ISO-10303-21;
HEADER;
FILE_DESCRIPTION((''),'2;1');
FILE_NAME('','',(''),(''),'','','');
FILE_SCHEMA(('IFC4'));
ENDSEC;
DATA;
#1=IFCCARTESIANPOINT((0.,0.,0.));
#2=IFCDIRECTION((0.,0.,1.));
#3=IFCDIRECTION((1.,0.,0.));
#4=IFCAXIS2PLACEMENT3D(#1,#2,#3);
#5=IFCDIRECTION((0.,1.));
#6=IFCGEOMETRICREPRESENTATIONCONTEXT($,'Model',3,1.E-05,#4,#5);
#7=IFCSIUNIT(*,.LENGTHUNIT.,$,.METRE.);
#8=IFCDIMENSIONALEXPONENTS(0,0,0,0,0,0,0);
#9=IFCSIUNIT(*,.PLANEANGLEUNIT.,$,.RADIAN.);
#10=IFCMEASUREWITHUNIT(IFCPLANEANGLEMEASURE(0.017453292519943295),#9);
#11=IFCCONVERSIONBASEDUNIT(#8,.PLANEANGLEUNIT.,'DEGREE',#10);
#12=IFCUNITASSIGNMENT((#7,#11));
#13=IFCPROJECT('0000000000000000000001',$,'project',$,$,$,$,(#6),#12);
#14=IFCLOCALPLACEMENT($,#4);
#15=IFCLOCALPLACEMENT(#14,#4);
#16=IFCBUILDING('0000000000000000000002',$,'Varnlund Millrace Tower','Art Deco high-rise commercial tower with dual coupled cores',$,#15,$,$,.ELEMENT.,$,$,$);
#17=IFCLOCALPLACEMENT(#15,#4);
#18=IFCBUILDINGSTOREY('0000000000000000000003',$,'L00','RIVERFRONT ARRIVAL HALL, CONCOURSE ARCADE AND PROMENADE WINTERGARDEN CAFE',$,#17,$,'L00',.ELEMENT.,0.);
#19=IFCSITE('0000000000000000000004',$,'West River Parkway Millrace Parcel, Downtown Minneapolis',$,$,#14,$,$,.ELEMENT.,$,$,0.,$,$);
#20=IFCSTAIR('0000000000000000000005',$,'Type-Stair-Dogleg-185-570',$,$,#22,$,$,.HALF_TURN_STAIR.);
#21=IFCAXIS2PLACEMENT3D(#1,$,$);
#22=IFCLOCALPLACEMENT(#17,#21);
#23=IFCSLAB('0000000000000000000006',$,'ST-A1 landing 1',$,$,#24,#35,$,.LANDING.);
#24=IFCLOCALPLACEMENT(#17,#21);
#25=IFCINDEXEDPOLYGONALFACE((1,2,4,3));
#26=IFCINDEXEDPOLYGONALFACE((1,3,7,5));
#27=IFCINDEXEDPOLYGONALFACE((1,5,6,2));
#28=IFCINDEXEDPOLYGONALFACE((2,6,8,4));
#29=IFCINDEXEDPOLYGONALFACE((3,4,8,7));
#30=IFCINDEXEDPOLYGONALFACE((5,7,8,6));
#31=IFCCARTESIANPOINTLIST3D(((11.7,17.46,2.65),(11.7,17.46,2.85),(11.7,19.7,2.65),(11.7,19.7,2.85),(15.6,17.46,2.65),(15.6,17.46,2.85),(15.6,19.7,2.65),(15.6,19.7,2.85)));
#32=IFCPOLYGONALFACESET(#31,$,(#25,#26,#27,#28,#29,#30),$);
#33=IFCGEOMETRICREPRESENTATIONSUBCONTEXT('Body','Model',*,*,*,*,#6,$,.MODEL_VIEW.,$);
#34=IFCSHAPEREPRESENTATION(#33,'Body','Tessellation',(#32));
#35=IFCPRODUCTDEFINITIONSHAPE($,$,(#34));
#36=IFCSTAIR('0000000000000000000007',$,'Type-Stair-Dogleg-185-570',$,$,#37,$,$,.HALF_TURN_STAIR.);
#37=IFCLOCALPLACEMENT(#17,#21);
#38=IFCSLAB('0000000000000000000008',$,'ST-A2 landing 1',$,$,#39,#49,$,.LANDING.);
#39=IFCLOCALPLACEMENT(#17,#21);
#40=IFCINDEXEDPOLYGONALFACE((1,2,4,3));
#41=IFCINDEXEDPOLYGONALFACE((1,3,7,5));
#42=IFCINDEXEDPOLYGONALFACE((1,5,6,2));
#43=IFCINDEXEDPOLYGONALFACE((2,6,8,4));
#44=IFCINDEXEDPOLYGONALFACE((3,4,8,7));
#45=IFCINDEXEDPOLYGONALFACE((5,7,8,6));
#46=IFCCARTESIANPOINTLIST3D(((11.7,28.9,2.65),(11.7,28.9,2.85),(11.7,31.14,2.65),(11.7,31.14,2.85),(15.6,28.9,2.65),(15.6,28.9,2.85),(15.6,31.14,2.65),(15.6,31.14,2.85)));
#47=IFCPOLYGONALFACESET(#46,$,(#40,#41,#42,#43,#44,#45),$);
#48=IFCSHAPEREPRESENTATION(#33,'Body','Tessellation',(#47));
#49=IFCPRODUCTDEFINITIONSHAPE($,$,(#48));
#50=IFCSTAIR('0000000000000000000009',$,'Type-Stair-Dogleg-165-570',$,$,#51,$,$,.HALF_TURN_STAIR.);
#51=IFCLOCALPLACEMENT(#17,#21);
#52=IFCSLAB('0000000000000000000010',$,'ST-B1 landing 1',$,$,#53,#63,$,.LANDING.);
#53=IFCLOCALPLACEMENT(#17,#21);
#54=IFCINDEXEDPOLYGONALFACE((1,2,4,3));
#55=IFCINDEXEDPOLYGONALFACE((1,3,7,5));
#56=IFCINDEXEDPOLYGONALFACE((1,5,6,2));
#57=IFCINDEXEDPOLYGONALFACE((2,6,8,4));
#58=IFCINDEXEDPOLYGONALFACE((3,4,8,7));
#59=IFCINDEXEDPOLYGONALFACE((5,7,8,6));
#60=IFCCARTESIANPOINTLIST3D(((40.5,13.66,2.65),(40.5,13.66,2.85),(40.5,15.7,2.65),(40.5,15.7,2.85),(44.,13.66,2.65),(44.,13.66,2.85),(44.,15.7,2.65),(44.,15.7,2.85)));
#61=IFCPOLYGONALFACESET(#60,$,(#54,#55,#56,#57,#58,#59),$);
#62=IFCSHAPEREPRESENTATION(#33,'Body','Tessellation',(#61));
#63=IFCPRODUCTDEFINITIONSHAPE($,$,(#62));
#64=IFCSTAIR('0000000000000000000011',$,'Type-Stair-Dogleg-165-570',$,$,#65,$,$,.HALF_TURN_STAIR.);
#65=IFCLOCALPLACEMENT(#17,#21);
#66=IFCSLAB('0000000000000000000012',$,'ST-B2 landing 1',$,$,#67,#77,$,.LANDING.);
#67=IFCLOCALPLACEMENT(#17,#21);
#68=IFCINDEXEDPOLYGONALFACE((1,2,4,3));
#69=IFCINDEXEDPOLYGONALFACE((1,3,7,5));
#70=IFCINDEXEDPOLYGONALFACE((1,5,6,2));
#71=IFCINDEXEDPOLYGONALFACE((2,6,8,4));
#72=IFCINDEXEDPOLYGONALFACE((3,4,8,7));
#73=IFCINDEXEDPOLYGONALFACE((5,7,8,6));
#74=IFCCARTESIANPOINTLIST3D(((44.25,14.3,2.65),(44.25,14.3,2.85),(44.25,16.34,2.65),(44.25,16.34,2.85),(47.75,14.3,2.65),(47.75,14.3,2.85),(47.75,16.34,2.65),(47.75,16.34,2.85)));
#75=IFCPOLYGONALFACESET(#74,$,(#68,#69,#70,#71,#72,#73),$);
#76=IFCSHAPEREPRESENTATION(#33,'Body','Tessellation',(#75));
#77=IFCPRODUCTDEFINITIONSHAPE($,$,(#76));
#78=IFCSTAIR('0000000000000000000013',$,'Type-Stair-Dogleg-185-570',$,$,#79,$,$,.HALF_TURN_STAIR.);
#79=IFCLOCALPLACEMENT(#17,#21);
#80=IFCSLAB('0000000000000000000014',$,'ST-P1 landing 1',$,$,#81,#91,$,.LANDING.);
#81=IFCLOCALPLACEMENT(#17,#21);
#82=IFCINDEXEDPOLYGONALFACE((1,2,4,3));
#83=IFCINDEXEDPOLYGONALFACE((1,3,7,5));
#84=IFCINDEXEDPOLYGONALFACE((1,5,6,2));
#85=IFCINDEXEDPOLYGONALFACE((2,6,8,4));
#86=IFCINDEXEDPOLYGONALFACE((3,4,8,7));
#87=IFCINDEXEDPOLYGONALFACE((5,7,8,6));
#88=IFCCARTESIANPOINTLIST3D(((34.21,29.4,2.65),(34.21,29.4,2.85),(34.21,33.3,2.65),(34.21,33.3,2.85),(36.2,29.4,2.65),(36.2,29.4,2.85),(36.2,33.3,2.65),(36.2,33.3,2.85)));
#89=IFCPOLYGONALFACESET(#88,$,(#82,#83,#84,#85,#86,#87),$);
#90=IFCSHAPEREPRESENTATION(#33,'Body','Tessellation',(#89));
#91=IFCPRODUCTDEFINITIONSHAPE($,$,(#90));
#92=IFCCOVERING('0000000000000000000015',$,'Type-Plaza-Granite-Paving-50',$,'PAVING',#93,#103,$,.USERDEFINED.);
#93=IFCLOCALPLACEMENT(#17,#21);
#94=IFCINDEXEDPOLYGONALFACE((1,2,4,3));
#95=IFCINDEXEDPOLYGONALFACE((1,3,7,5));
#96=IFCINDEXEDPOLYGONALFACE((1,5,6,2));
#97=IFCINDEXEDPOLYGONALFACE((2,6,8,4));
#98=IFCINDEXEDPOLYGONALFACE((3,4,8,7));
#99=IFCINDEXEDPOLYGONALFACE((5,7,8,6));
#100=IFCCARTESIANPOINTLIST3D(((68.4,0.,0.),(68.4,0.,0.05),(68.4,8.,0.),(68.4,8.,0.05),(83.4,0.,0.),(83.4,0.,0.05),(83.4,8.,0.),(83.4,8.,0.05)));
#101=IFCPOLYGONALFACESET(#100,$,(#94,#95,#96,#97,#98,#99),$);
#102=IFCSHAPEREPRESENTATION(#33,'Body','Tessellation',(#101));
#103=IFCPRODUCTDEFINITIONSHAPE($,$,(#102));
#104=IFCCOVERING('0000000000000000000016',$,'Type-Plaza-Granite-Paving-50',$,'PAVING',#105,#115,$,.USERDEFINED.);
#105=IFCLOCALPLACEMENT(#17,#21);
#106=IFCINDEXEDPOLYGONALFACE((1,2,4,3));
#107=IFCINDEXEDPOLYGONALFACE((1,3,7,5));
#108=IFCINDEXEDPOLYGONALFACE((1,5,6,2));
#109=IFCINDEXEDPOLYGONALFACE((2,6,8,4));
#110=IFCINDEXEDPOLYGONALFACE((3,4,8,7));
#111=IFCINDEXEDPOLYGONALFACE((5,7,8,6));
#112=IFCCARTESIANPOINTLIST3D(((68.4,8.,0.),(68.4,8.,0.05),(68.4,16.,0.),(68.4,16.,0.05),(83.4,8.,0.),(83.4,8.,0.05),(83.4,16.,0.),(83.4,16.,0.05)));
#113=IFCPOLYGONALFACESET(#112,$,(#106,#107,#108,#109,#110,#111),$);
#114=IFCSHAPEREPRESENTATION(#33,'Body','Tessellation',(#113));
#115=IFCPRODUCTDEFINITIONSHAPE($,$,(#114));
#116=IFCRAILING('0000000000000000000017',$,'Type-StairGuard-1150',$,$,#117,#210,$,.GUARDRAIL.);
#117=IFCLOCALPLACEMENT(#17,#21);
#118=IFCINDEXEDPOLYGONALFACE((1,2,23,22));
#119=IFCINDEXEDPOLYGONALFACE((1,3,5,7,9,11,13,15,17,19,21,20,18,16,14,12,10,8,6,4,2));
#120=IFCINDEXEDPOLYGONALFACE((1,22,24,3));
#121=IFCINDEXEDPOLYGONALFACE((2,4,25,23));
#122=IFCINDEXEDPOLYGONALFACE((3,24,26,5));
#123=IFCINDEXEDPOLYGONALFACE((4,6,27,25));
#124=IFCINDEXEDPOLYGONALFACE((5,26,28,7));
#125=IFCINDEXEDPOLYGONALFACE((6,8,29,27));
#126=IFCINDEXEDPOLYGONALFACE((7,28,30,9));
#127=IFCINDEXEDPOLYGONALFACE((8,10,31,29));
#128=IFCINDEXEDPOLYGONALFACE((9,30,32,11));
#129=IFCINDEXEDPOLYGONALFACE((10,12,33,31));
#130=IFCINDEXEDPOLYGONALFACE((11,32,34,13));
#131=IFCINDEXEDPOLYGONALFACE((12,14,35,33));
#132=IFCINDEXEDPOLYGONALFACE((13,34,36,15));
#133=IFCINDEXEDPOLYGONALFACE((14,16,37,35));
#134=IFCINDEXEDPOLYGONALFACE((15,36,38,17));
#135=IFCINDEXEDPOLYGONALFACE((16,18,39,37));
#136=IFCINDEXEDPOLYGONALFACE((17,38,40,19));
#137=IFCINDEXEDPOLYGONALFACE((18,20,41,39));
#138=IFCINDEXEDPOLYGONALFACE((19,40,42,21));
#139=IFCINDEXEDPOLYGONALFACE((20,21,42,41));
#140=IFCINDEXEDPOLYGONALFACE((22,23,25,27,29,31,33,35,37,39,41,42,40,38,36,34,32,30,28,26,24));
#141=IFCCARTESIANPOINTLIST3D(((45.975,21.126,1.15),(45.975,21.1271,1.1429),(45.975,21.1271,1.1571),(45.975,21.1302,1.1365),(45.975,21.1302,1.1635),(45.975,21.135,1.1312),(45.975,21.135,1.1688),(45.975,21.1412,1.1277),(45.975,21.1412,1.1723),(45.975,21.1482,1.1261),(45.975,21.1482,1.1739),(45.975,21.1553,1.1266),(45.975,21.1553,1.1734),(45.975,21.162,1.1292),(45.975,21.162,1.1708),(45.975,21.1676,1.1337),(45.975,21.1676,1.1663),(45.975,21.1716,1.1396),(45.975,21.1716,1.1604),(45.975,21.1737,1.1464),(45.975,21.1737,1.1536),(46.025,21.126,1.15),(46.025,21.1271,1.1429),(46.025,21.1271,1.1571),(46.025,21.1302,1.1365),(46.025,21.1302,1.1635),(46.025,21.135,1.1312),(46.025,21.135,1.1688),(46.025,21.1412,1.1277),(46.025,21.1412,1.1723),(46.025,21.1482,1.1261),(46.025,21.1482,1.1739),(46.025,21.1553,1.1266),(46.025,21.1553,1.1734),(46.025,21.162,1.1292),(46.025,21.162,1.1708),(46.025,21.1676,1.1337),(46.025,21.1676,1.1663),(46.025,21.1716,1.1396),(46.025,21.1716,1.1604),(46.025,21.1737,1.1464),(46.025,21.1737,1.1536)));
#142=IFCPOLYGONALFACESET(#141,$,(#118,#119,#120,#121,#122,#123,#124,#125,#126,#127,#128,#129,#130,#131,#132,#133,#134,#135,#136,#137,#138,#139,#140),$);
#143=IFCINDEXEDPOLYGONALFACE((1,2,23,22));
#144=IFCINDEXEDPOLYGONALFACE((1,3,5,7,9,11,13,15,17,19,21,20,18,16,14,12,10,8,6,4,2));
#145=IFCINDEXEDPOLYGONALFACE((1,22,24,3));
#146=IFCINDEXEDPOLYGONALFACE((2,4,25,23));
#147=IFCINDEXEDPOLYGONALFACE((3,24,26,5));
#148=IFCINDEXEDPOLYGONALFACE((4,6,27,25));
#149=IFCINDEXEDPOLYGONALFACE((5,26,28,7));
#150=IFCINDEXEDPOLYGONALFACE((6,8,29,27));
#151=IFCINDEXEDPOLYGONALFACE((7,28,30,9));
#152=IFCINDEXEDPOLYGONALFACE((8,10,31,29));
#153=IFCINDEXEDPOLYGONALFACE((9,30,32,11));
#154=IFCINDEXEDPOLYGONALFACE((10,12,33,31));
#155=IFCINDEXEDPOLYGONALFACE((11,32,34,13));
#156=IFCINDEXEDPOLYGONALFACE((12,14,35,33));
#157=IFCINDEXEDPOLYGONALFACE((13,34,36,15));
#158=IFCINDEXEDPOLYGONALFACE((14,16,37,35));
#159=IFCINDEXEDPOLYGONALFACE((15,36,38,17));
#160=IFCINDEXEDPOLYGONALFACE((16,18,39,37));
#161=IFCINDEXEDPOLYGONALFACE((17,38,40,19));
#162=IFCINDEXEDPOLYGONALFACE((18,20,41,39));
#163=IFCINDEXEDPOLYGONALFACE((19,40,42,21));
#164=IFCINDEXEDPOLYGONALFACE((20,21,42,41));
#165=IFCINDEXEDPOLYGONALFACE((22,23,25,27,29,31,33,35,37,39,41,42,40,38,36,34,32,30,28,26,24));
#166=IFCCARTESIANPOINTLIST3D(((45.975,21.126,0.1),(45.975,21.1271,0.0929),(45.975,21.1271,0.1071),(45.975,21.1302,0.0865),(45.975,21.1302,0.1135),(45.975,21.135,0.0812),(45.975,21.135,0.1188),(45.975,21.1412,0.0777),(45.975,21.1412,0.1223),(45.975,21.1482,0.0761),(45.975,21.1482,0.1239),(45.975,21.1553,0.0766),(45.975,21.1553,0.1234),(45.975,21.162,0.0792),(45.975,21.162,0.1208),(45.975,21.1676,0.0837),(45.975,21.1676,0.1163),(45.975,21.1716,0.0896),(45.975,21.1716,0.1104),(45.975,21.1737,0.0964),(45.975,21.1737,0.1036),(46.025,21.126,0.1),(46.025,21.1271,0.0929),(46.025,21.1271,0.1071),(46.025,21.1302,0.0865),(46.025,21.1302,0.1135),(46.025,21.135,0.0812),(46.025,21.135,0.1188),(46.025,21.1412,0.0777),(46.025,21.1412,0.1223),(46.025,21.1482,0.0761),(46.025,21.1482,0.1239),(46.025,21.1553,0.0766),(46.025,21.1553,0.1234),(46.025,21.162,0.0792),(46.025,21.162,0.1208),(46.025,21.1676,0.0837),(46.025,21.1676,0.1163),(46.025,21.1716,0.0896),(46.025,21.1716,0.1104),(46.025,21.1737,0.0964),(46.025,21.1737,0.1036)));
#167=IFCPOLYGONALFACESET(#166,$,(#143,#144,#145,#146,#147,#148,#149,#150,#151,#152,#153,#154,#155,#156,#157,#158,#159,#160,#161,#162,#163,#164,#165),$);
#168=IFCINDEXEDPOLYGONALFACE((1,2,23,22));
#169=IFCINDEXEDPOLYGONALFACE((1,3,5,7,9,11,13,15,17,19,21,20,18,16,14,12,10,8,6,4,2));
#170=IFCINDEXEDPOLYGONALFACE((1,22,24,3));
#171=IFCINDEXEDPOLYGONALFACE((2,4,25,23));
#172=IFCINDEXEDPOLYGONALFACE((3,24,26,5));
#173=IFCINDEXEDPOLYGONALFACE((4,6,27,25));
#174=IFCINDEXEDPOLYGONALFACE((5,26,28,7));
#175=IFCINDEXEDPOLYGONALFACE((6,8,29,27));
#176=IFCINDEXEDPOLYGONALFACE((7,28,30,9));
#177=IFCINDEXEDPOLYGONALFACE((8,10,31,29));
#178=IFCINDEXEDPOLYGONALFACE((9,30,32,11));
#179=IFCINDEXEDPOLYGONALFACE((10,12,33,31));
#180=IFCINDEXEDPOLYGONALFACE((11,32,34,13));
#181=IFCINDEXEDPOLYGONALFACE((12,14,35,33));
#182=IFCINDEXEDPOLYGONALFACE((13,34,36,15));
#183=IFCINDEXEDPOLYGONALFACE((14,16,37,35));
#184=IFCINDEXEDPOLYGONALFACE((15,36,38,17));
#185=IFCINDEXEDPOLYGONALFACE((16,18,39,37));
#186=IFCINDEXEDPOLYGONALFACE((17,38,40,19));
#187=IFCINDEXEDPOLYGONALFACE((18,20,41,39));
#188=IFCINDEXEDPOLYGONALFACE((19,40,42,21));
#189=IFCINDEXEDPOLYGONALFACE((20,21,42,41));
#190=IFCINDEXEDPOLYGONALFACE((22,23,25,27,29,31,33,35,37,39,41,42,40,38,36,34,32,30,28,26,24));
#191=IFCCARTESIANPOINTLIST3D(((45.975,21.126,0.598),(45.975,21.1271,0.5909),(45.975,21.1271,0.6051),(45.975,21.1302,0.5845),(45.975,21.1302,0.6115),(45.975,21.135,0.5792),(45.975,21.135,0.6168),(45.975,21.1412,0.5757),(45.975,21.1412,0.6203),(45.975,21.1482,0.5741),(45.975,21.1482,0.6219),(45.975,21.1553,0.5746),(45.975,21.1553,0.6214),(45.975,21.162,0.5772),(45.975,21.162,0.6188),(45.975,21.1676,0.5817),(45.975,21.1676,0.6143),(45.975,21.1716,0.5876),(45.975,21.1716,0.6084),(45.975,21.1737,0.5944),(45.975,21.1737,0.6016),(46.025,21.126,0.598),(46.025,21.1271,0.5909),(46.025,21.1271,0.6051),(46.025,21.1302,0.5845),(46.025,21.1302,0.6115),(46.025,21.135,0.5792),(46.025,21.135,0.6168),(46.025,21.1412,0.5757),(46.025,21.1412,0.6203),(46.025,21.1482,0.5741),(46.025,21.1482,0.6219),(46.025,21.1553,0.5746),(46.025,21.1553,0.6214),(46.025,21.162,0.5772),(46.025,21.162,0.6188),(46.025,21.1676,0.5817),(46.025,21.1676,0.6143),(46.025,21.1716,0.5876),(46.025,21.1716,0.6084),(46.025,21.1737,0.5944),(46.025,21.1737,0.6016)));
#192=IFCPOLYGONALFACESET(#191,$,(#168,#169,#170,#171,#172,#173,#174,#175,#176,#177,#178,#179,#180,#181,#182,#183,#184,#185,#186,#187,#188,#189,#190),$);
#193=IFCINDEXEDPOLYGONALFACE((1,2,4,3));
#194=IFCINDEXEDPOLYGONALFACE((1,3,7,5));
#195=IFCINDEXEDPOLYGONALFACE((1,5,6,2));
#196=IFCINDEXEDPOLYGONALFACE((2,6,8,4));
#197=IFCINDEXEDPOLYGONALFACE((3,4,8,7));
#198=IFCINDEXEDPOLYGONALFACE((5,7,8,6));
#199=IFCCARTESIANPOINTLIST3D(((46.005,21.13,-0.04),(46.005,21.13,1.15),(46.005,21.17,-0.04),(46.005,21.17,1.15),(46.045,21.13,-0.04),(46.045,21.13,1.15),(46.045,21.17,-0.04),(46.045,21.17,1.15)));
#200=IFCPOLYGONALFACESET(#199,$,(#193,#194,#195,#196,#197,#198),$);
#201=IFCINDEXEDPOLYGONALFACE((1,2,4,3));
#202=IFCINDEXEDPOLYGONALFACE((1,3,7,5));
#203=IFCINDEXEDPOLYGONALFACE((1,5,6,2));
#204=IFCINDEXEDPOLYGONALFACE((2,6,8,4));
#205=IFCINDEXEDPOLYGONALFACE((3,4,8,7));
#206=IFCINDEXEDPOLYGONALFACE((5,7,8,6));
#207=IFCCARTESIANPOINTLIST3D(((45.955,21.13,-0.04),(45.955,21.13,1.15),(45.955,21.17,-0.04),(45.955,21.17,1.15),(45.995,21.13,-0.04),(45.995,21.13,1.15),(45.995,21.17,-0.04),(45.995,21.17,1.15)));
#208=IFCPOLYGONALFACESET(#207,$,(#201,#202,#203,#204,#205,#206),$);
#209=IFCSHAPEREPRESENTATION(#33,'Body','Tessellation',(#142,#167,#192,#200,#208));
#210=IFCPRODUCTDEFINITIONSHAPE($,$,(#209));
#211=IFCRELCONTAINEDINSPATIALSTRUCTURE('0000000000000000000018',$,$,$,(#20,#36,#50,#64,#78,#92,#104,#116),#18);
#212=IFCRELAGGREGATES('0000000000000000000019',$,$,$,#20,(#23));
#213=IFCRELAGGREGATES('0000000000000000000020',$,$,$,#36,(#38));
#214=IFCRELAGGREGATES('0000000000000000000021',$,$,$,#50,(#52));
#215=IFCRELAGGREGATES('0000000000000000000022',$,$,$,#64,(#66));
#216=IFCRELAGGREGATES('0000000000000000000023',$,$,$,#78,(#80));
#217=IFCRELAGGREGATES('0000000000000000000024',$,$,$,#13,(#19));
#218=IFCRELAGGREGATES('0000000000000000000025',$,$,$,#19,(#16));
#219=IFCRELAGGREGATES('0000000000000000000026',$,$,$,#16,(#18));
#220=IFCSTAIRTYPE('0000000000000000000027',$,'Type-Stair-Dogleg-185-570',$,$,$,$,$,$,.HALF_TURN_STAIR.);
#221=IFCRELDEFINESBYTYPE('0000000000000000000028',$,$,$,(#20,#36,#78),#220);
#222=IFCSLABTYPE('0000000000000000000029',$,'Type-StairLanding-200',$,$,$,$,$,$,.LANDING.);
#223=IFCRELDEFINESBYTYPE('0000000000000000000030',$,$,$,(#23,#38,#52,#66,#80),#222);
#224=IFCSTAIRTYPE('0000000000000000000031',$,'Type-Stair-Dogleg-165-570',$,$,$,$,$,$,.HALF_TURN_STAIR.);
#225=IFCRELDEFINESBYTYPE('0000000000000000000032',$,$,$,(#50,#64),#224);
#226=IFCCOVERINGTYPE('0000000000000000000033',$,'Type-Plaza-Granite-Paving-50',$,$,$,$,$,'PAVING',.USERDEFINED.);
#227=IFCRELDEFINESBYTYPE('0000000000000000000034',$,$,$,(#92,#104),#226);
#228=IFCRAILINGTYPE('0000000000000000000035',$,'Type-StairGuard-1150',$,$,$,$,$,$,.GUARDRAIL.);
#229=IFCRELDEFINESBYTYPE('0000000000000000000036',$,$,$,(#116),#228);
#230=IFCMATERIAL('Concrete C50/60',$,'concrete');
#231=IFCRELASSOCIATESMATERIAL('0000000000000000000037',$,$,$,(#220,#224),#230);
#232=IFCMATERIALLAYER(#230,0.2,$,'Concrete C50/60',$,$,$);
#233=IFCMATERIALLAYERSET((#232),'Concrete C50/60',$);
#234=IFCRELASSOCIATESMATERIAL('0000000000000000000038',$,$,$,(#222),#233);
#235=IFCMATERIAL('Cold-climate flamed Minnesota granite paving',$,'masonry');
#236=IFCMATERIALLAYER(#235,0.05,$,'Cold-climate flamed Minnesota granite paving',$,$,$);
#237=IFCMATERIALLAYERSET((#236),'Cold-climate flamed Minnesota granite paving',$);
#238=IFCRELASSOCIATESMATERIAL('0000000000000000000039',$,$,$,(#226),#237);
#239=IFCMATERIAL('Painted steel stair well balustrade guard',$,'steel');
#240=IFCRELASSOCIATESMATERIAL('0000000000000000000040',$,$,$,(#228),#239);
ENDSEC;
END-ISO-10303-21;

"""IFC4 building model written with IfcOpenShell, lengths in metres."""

from ifc_helpers import new_model, entity, si_unit, converted_unit, direction, frame, origin_with_axes, origin_2d_with_axis, place, context, subcontext, project, spatial, polyline, rectangle, circle, outline, extrude, material, layer, layer_set, type_object, element, aggregate, save


model = new_model("IFC4")

# Units and contexts
model_context = context("Model", 3, precision=1e-05, world=origin_with_axes(), true_north=direction((0.0, 1.0)))
body_context = subcontext(model_context, "Body", "Model", "MODEL_VIEW")
ifc_project = project(units=[si_unit("LENGTHUNIT", "METRE"), converted_unit("PLANEANGLEUNIT", "DEGREE", entity("IfcPlaneAngleMeasure", 0.017453292519943295), si_unit("PLANEANGLEUNIT", "RADIAN"), dimensions=[0, 0, 0, 0, 0, 0, 0])], contexts=[model_context])

# Site, building, storey
site_placement = place(None, origin_with_axes())
site = spatial("IfcSite", under=ifc_project, at=site_placement, Name="West River Parkway Millrace Parcel, Downtown Minneapolis", CompositionType="ELEMENT", RefElevation=0.0)
building_placement = place(site_placement, origin_with_axes())
building = spatial("IfcBuilding", under=site, at=building_placement, Name="Varnlund Millrace Tower", Description="Art Deco high-rise commercial tower with dual coupled cores", CompositionType="ELEMENT")
storey_placement = place(building_placement, origin_with_axes())
storey = spatial("IfcBuildingStorey", under=building, at=storey_placement, Name="L00", Description="RIVERFRONT ARRIVAL HALL, CONCOURSE ARCADE AND PROMENADE WINTERGARDEN CAFE", LongName="L00", CompositionType="ELEMENT", Elevation=0.0)

# Stairs, slabs
ifc_material_1 = material(Name="Concrete C50/60", Category="concrete")
stair_type_1 = type_object("IfcStairType", Name="Type-Stair-Dogleg-185-570", PredefinedType="HALF_TURN_STAIR", material=ifc_material_1)
stair_1_placement = place(storey_placement, origin_with_axes())
stair_1 = element("IfcStair", 1, at=stair_1_placement, inside=storey, type_object=stair_type_1, Name="Type-Stair-Dogleg-185-570", PredefinedType="HALF_TURN_STAIR")
ifc_layer_1 = layer(ifc_material_1, 0.2, Name="Concrete C50/60")
ifc_layer_set_1 = layer_set([ifc_layer_1], Name="Concrete C50/60")
slab_type = type_object("IfcSlabType", Name="Type-StairLanding-200", PredefinedType="LANDING", material=ifc_layer_set_1)
slab_1_placement = place(storey_placement, frame((0.0, 0.0, 2.65), z_axis=(0.0, 0.0, 1.0), x_axis=(1.0, 0.0, 0.0)))
slab_1 = element("IfcSlab", 2, at=slab_1_placement, type_object=slab_type, Name="ST-A1 landing 1", PredefinedType="LANDING", context=body_context, shape_type="SweptSolid", body=[
    extrude(outline(polyline([(15.6, 17.46), (15.6, 19.7), (11.7, 19.7), (11.7, 17.46), (15.6, 17.46)])), origin_with_axes(), (0.0, 0.0, 1.0), 0.2),
])
aggregate(stair_1, [slab_1])
stair_2_placement = place(storey_placement, origin_with_axes())
stair_2 = element("IfcStair", 3, at=stair_2_placement, inside=storey, type_object=stair_type_1, Name="Type-Stair-Dogleg-185-570", PredefinedType="HALF_TURN_STAIR")
slab_2_placement = place(storey_placement, frame((0.0, 0.0, 2.65), z_axis=(0.0, 0.0, 1.0), x_axis=(1.0, 0.0, 0.0)))
slab_2 = element("IfcSlab", 4, at=slab_2_placement, type_object=slab_type, Name="ST-A2 landing 1", PredefinedType="LANDING", context=body_context, shape_type="SweptSolid", body=[
    extrude(outline(polyline([(11.7, 31.14), (11.7, 28.9), (15.6, 28.9), (15.6, 31.14), (11.7, 31.14)])), origin_with_axes(), (0.0, 0.0, 1.0), 0.2),
])
aggregate(stair_2, [slab_2])
stair_type_2 = type_object("IfcStairType", Name="Type-Stair-Dogleg-165-570", PredefinedType="HALF_TURN_STAIR", material=ifc_material_1)
stair_3_placement = place(storey_placement, origin_with_axes())
stair_3 = element("IfcStair", 5, at=stair_3_placement, inside=storey, type_object=stair_type_2, Name="Type-Stair-Dogleg-165-570", PredefinedType="HALF_TURN_STAIR")
slab_3_placement = place(storey_placement, frame((0.0, 0.0, 2.65), z_axis=(0.0, 0.0, 1.0), x_axis=(1.0, 0.0, 0.0)))
slab_3 = element("IfcSlab", 6, at=slab_3_placement, type_object=slab_type, Name="ST-B1 landing 1", PredefinedType="LANDING", context=body_context, shape_type="SweptSolid", body=[
    extrude(outline(polyline([(44.0, 13.66), (44.0, 15.7), (40.5, 15.7), (40.5, 13.66), (44.0, 13.66)])), origin_with_axes(), (0.0, 0.0, 1.0), 0.2),
])
aggregate(stair_3, [slab_3])
stair_4_placement = place(storey_placement, origin_with_axes())
stair_4 = element("IfcStair", 7, at=stair_4_placement, inside=storey, type_object=stair_type_2, Name="Type-Stair-Dogleg-165-570", PredefinedType="HALF_TURN_STAIR")
slab_4_placement = place(storey_placement, frame((0.0, 0.0, 2.65), z_axis=(0.0, 0.0, 1.0), x_axis=(1.0, 0.0, 0.0)))
slab_4 = element("IfcSlab", 8, at=slab_4_placement, type_object=slab_type, Name="ST-B2 landing 1", PredefinedType="LANDING", context=body_context, shape_type="SweptSolid", body=[
    extrude(outline(polyline([(44.25, 16.34), (44.25, 14.3), (47.75, 14.3), (47.75, 16.34), (44.25, 16.34)])), origin_with_axes(), (0.0, 0.0, 1.0), 0.2),
])
aggregate(stair_4, [slab_4])
stair_5_placement = place(storey_placement, origin_with_axes())
stair_5 = element("IfcStair", 9, at=stair_5_placement, inside=storey, type_object=stair_type_1, Name="Type-Stair-Dogleg-185-570", PredefinedType="HALF_TURN_STAIR")
slab_5_placement = place(storey_placement, frame((0.0, 0.0, 2.65), z_axis=(0.0, 0.0, 1.0), x_axis=(1.0, 0.0, 0.0)))
slab_5 = element("IfcSlab", 10, at=slab_5_placement, type_object=slab_type, Name="ST-P1 landing 1", PredefinedType="LANDING", context=body_context, shape_type="SweptSolid", body=[
    extrude(outline(polyline([(34.21, 29.4), (36.2, 29.4), (36.2, 33.3), (34.21, 33.3), (34.21, 29.4)])), origin_with_axes(), (0.0, 0.0, 1.0), 0.2),
])
aggregate(stair_5, [slab_5])

# Coverings
ifc_material_2 = material(Name="Cold-climate flamed Minnesota granite paving", Category="masonry")
ifc_layer_2 = layer(ifc_material_2, 0.05, Name="Cold-climate flamed Minnesota granite paving")
ifc_layer_set_2 = layer_set([ifc_layer_2], Name="Cold-climate flamed Minnesota granite paving")
covering_type = type_object("IfcCoveringType", Name="Type-Plaza-Granite-Paving-50", ElementType="PAVING", PredefinedType="USERDEFINED", material=ifc_layer_set_2)
covering_1_placement = place(storey_placement, origin_with_axes())
element("IfcCovering", 11, at=covering_1_placement, inside=storey, type_object=covering_type, Name="Type-Plaza-Granite-Paving-50", ObjectType="PAVING", PredefinedType="USERDEFINED", context=body_context, shape_type="SweptSolid", body=[
    extrude(outline(polyline([(83.4, 0.0), (83.4, 8.0), (68.4, 8.0), (68.4, 0.0), (83.4, 0.0)])), origin_with_axes(), (0.0, 0.0, 1.0), 0.05),
])
covering_2_placement = place(storey_placement, origin_with_axes())
element("IfcCovering", 12, at=covering_2_placement, inside=storey, type_object=covering_type, Name="Type-Plaza-Granite-Paving-50", ObjectType="PAVING", PredefinedType="USERDEFINED", context=body_context, shape_type="SweptSolid", body=[
    extrude(outline(polyline([(83.4, 8.0), (83.4, 16.0), (68.4, 16.0), (68.4, 8.0), (83.4, 8.0)])), origin_with_axes(), (0.0, 0.0, 1.0), 0.05),
])

# Railing
ifc_material_3 = material(Name="Painted steel stair well balustrade guard", Category="steel")
railing_type_1 = type_object("IfcRailingType", Name="Type-StairGuard-1150", PredefinedType="GUARDRAIL", material=ifc_material_3)
railing_1_placement = place(storey_placement, origin_with_axes())
element("IfcRailing", 13, at=railing_1_placement, inside=storey, type_object=railing_type_1, Name="Type-StairGuard-1150", PredefinedType="GUARDRAIL", context=body_context, shape_type="SweptSolid", body=[
    extrude(circle(Radius=0.024, at=origin_2d_with_axis()), frame((46.025, 21.15, 1.15), z_axis=(-1.0, 0.0, 0.0), x_axis=(0.0, -1.0, 0.0)), (0.0, 0.0, 1.0), 0.05),
    extrude(circle(Radius=0.024, at=origin_2d_with_axis()), frame((46.025, 21.15, 0.1), z_axis=(-1.0, 0.0, 0.0), x_axis=(0.0, -1.0, 0.0)), (0.0, 0.0, 1.0), 0.05),
    extrude(circle(Radius=0.024, at=origin_2d_with_axis()), frame((46.025, 21.15, 0.598), z_axis=(-1.0, 0.0, 0.0), x_axis=(0.0, -1.0, 0.0)), (0.0, 0.0, 1.0), 0.05),
    extrude(rectangle(XDim=0.04, YDim=0.04, at=origin_2d_with_axis()), frame((46.025, 21.15, -0.04), z_axis=(0.0, 0.0, 1.0), x_axis=(1.0, 0.0, 0.0)), (0.0, 0.0, 1.0), 1.19),
    extrude(rectangle(XDim=0.04, YDim=0.04, at=origin_2d_with_axis()), frame((45.975, 21.15, -0.04), z_axis=(0.0, 0.0, 1.0), x_axis=(1.0, 0.0, 0.0)), (0.0, 0.0, 1.0), 1.19),
])

save(model, "model.ifc")
